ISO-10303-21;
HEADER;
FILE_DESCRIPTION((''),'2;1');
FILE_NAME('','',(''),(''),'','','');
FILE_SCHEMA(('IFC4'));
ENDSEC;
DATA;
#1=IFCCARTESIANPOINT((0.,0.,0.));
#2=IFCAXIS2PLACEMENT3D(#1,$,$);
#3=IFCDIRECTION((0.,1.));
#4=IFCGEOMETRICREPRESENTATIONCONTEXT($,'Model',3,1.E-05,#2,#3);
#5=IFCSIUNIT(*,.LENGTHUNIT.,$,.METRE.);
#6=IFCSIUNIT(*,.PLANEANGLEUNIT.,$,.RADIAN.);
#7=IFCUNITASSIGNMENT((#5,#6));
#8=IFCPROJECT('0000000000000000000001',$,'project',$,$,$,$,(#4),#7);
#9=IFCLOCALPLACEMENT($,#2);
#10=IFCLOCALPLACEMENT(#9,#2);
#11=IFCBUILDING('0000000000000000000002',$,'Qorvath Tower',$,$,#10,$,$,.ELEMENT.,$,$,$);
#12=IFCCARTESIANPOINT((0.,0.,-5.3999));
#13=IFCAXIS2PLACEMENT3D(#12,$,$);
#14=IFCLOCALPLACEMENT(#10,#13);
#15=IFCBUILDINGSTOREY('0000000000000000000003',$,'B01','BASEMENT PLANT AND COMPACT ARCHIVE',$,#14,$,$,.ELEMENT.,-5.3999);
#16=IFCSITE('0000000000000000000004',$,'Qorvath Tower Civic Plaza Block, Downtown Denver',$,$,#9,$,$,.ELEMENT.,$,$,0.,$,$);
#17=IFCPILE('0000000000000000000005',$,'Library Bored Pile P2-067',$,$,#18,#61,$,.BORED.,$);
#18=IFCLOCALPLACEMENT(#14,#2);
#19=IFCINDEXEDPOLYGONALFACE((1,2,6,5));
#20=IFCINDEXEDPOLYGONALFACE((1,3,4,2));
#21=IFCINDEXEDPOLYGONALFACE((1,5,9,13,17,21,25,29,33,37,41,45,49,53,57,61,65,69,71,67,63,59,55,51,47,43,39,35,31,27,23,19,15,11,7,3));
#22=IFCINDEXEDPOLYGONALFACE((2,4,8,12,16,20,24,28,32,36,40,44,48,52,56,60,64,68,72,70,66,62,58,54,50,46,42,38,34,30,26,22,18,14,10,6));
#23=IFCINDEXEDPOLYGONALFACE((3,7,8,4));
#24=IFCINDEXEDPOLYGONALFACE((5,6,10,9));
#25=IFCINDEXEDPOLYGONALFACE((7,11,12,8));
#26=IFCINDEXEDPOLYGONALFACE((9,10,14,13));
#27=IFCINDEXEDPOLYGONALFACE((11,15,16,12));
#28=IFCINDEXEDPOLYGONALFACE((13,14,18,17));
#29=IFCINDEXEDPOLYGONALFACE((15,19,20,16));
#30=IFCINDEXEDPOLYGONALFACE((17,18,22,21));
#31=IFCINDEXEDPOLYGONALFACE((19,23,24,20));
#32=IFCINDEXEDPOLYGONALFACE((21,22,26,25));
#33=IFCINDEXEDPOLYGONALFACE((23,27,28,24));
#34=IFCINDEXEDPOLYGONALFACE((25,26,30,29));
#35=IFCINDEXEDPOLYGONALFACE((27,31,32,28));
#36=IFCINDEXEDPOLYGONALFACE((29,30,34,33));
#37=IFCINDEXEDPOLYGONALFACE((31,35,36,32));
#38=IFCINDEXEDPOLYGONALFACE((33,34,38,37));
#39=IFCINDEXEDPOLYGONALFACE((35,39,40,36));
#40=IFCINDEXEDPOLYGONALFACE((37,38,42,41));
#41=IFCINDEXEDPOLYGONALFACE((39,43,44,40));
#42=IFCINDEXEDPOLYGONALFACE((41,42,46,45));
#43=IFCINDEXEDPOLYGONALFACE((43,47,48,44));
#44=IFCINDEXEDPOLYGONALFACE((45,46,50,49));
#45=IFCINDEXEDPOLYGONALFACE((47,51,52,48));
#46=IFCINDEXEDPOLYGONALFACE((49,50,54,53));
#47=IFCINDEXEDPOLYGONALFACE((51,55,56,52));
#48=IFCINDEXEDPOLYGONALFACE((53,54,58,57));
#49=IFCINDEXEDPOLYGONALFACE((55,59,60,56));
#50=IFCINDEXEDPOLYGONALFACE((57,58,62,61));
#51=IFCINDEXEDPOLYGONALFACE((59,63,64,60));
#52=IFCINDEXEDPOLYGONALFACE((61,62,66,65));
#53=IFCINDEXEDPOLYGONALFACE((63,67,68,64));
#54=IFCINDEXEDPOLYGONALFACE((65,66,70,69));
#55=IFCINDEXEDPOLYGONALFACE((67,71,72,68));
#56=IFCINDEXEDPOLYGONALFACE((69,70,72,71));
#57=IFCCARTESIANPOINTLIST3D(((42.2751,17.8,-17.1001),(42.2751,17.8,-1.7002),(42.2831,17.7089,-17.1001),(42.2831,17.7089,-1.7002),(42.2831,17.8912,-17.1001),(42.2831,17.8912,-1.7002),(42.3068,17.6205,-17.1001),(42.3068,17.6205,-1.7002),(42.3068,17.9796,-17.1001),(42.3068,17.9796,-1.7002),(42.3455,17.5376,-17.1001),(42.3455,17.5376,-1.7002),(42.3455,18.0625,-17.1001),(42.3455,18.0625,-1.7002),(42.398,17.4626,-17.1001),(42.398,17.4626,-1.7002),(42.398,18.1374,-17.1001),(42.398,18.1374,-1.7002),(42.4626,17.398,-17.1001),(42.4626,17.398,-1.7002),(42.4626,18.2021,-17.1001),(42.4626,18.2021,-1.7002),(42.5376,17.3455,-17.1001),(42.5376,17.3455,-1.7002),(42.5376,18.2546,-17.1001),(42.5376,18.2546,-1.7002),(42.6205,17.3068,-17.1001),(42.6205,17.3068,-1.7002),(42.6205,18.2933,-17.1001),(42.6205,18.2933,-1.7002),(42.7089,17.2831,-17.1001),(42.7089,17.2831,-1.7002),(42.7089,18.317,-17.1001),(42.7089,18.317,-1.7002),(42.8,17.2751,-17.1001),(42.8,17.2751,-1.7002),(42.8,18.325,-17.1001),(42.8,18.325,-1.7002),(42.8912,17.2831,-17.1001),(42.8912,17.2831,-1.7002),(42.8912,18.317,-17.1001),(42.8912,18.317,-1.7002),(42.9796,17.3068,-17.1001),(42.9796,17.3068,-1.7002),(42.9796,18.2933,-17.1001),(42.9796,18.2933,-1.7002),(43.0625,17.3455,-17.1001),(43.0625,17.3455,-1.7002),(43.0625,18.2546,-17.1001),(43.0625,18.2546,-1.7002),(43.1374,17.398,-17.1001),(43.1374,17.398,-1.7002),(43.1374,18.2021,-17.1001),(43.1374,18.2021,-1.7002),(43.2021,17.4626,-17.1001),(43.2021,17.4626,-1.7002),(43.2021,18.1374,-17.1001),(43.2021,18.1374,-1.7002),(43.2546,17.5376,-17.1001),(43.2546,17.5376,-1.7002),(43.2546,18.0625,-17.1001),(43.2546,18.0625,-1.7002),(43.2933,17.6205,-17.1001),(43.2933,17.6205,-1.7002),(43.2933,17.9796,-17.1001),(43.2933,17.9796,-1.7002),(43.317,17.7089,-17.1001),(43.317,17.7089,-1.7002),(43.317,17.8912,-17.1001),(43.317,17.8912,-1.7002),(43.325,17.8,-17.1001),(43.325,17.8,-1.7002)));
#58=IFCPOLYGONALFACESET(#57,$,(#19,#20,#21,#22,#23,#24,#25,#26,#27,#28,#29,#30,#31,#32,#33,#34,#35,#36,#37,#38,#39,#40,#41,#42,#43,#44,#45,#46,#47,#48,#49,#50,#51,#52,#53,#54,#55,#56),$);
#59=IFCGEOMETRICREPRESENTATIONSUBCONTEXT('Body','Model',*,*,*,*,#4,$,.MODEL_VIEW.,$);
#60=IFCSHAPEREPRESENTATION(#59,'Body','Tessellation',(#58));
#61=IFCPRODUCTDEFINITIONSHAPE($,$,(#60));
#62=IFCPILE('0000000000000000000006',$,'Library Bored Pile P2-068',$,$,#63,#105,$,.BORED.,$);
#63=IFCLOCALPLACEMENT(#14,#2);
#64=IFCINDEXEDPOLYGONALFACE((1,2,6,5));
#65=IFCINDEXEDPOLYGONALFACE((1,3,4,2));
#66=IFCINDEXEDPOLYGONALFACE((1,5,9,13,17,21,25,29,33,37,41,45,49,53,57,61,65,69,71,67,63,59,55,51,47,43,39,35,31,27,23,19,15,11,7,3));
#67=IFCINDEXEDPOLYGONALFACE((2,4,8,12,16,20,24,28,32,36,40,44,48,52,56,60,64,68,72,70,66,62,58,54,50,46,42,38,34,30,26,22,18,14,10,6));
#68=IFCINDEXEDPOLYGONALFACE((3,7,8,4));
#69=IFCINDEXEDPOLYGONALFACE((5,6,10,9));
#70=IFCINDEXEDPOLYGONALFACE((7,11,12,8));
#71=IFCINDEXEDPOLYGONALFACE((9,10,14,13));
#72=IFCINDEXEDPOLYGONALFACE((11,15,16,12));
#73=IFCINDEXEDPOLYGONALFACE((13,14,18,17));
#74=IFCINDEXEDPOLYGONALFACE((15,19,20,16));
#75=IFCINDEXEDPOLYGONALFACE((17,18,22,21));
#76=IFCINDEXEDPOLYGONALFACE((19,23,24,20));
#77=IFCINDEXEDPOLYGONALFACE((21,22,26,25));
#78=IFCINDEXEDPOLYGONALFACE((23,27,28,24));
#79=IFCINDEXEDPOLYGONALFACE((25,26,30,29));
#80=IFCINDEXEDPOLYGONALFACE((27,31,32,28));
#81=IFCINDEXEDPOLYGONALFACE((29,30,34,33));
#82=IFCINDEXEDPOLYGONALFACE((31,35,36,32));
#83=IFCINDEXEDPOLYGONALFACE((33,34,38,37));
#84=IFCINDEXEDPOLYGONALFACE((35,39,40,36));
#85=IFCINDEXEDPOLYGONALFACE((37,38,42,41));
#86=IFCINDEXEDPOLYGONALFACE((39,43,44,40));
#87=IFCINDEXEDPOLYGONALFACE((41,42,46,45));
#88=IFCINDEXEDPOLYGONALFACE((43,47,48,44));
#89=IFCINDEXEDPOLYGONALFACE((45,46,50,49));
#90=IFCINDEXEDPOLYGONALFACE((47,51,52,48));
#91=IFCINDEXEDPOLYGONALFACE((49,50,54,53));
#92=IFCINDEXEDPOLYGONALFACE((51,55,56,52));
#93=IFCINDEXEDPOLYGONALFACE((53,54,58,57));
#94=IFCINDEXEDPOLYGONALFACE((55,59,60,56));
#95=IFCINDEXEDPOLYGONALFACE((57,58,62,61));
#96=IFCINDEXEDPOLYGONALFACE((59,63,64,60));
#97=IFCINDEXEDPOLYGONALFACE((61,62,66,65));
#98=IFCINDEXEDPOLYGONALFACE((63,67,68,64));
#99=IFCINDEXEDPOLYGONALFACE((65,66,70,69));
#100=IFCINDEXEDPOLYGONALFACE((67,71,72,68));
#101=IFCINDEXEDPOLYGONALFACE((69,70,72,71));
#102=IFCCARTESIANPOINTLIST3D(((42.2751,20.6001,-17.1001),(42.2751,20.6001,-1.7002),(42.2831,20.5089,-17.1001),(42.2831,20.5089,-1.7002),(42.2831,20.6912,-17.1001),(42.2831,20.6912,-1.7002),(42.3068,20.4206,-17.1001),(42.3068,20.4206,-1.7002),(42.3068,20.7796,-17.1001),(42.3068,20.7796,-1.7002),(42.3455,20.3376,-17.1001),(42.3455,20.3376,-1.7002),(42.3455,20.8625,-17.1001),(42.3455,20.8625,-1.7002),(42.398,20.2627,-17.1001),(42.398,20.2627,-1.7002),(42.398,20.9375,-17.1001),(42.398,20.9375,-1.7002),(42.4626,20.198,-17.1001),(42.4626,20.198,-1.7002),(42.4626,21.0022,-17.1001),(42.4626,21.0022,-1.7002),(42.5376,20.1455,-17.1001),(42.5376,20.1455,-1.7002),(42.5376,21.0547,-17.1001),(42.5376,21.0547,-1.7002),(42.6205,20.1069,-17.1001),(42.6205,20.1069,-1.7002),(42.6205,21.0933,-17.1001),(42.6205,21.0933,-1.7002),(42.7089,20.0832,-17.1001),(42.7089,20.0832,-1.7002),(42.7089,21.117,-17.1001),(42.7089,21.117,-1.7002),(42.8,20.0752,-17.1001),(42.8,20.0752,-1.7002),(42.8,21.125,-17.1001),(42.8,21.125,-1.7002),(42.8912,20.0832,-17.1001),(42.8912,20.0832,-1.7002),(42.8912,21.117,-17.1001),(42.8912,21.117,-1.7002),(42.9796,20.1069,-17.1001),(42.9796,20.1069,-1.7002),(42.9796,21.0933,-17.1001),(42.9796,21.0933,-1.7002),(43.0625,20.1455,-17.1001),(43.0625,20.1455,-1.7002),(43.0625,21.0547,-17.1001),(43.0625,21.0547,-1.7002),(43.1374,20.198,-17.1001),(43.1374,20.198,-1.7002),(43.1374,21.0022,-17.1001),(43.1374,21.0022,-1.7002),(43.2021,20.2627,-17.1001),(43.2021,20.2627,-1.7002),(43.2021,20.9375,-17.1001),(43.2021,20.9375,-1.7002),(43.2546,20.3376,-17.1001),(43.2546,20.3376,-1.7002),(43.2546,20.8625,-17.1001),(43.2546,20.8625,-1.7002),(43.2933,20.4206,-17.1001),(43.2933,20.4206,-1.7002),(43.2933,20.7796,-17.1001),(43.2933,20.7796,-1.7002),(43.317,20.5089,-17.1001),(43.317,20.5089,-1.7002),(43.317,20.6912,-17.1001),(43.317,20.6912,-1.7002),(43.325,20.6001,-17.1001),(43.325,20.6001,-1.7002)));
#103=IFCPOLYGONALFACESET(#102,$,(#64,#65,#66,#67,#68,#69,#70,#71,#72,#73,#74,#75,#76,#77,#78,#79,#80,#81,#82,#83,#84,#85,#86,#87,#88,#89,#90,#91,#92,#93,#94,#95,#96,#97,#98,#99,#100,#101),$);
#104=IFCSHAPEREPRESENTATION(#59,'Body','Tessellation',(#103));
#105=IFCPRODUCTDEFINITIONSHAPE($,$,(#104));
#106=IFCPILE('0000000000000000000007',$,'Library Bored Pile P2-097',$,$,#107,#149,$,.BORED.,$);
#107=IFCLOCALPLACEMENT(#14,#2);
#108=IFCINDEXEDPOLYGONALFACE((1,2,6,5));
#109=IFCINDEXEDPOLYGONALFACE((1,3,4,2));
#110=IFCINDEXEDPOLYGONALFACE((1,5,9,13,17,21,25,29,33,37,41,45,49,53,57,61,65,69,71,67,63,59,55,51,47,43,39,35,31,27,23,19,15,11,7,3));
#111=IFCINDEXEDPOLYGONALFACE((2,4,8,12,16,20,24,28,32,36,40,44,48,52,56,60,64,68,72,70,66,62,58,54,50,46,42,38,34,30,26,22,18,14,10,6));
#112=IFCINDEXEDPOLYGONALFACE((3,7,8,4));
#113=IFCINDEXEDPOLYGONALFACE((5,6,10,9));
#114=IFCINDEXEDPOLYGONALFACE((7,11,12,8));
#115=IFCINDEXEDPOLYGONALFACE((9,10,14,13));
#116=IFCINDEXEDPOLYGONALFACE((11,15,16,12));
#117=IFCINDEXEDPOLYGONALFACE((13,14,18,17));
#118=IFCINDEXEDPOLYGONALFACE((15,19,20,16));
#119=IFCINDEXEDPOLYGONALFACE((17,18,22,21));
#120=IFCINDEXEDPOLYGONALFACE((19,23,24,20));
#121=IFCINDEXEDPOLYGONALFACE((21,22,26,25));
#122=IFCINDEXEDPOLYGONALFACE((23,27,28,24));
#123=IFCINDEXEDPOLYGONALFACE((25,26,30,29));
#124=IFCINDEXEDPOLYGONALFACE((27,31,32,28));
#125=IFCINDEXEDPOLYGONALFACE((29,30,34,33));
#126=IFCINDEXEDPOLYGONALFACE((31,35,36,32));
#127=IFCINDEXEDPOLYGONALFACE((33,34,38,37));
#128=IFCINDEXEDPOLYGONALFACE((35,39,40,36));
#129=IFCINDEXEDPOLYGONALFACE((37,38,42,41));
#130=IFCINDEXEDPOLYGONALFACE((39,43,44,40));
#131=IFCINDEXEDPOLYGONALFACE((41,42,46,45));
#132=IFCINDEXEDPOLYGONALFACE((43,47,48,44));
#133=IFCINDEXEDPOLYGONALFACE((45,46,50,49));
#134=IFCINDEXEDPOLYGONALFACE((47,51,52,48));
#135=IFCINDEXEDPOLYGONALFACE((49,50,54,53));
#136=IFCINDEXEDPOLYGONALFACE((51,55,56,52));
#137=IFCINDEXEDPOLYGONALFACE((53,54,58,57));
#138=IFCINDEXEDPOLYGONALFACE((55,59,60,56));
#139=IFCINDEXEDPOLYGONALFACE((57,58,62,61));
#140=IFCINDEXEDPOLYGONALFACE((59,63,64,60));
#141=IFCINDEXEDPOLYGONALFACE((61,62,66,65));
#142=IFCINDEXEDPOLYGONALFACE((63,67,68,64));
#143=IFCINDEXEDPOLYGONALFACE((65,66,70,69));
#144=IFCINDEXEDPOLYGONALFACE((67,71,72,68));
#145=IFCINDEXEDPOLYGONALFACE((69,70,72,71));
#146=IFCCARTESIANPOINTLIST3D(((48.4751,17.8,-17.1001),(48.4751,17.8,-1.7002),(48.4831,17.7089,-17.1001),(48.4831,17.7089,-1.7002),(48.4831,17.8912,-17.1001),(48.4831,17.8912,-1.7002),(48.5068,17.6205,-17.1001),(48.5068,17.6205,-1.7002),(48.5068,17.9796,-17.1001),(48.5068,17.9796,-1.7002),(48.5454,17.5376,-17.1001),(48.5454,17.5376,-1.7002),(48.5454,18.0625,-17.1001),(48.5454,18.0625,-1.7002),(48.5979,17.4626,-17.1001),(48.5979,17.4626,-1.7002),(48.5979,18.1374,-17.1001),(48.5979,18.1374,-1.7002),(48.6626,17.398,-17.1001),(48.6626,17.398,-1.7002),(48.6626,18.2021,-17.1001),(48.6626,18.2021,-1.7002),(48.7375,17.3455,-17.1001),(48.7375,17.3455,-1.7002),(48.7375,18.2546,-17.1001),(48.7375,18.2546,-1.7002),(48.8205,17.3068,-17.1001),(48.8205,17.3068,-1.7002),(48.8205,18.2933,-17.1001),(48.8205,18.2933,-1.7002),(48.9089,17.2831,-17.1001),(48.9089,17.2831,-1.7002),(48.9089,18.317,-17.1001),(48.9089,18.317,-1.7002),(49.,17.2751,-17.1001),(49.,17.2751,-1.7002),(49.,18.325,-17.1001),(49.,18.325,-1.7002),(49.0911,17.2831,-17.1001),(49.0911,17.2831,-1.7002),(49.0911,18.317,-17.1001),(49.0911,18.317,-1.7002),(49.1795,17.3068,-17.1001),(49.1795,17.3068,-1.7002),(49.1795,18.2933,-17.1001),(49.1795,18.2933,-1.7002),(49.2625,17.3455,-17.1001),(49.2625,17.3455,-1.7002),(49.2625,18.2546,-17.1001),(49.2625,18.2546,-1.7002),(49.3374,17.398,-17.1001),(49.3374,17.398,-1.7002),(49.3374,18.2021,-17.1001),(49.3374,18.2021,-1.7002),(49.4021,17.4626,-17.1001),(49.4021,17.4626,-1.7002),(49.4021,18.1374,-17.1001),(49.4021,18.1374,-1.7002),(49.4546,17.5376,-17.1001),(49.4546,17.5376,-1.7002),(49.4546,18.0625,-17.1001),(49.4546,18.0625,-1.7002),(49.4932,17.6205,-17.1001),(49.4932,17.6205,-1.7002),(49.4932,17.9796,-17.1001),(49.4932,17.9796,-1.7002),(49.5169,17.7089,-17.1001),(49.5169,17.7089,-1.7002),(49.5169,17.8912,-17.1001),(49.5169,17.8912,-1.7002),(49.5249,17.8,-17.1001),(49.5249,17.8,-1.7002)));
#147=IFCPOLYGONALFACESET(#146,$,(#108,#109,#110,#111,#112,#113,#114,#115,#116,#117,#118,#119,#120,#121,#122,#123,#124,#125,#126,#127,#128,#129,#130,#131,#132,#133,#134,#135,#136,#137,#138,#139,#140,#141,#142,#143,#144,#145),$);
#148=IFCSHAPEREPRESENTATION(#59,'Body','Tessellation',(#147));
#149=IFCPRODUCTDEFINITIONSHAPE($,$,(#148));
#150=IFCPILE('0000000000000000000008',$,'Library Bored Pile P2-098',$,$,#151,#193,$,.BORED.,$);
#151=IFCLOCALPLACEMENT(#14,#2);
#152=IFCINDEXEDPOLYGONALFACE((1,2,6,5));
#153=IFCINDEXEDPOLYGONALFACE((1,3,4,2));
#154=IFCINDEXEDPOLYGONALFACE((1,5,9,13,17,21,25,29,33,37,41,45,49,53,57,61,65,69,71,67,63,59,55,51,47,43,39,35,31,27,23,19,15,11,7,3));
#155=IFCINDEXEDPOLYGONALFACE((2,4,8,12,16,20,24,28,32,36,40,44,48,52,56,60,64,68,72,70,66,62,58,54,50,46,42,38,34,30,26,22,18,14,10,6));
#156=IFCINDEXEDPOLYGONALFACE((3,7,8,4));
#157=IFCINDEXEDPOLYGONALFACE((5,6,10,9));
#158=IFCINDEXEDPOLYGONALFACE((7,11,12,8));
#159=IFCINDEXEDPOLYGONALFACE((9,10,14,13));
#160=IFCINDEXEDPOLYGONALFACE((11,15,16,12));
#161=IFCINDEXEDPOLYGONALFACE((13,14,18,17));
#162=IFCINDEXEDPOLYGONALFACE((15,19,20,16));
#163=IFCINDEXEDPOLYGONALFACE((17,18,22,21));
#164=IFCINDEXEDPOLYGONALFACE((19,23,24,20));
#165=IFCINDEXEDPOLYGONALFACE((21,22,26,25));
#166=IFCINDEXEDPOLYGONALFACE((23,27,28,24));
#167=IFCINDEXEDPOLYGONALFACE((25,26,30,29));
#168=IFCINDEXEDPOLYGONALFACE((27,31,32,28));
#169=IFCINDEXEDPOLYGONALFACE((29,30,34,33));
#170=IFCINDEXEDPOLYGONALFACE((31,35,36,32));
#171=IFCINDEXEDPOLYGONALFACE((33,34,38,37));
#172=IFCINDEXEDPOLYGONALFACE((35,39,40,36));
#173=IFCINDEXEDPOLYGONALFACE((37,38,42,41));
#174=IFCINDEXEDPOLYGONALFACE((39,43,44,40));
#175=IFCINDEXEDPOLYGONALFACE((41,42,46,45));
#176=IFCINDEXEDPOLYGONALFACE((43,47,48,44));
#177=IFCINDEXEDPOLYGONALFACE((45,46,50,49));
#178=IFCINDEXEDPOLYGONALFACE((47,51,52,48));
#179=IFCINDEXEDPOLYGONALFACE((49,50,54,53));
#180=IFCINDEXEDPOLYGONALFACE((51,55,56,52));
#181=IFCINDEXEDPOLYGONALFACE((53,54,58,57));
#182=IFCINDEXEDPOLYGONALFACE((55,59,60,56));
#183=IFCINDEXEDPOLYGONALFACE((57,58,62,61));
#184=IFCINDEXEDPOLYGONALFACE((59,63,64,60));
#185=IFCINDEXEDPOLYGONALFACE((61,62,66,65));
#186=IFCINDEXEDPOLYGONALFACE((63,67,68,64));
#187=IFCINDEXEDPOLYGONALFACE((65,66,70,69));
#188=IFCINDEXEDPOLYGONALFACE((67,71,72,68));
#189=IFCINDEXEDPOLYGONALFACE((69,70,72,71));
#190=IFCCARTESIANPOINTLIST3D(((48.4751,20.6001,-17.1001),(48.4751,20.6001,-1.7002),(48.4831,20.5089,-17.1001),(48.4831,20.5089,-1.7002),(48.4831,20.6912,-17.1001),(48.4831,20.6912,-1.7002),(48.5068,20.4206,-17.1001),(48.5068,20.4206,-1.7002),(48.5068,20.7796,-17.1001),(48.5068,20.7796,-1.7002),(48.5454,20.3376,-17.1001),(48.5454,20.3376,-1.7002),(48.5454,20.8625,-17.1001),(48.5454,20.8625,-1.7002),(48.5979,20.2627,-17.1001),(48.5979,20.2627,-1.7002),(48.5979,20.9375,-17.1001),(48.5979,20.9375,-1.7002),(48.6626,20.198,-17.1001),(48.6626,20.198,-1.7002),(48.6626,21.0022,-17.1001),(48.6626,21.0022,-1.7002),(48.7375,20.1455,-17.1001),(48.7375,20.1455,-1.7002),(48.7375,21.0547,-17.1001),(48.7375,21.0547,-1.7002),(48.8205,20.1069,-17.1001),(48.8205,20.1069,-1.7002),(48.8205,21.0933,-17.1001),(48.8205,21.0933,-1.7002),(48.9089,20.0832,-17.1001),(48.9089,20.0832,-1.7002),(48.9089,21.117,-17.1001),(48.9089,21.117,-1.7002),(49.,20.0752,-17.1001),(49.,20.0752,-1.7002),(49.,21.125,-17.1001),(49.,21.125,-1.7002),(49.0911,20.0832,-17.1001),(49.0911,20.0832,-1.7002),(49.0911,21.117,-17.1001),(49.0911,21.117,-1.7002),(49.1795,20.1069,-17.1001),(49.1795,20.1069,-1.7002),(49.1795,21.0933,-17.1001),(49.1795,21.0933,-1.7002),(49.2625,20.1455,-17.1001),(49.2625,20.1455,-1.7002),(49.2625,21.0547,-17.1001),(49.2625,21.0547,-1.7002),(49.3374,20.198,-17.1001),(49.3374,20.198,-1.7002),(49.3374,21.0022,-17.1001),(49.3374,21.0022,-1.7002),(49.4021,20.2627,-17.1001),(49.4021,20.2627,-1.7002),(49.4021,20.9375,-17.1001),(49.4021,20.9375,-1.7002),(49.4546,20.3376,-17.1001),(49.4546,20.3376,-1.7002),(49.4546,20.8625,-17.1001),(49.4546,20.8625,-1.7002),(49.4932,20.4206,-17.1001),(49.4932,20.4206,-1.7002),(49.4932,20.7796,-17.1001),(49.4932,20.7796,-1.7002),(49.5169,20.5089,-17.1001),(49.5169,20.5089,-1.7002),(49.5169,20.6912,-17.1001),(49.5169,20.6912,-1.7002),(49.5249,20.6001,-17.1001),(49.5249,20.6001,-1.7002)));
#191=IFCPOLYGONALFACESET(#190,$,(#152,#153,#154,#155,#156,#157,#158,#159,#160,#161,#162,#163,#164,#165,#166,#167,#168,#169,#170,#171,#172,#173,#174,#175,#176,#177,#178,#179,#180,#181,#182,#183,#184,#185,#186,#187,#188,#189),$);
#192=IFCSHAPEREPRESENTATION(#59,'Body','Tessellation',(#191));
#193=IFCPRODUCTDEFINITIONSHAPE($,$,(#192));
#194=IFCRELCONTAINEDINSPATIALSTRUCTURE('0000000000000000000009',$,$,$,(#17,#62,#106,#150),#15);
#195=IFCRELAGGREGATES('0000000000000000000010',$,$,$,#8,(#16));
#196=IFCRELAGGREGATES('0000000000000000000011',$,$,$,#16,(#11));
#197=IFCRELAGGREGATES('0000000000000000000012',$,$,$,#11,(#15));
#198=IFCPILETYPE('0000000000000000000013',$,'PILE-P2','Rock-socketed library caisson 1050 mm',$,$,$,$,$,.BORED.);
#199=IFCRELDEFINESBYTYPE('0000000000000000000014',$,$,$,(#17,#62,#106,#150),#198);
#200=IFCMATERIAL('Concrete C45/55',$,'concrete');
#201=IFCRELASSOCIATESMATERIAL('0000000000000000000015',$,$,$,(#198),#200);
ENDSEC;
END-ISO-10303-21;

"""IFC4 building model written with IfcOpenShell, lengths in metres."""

from ifc_helpers import new_model, si_unit, direction, frame, origin, origin_2d, place, context, subcontext, project, spatial, circle, extrude, material, material_profile, profile_set, type_object, element, save


model = new_model("IFC4")

# Units and contexts
model_context = context("Model", 3, precision=1e-05, world=origin(), true_north=direction((0.0, 1.0)))
body_context = subcontext(model_context, "Body", "Model", "MODEL_VIEW")
ifc_project = project(units=[si_unit("LENGTHUNIT", "METRE"), si_unit("PLANEANGLEUNIT", "RADIAN")], contexts=[model_context])

# Site, building, storey
site_placement = place(None, origin())
site = spatial("IfcSite", under=ifc_project, at=site_placement, Name="Qorvath Tower Civic Plaza Block, Downtown Denver", CompositionType="ELEMENT", RefElevation=0.0)
building_placement = place(site_placement, origin())
building = spatial("IfcBuilding", under=site, at=building_placement, Name="Qorvath Tower", CompositionType="ELEMENT")
storey_placement = place(building_placement, frame((0.0, 0.0, -5.3999)))
storey = spatial("IfcBuildingStorey", under=building, at=storey_placement, Name="B01", Description="BASEMENT PLANT AND COMPACT ARCHIVE", CompositionType="ELEMENT", Elevation=-5.3999)

# Piles
ifc_material_1 = material(Name="Concrete C45/55", Category="concrete")
ifc_material_profile_1 = material_profile(ifc_material_1, circle(Radius=0.5249, at=origin_2d()), Name="BORED PILE 1050")
ifc_profile_set_1 = profile_set([ifc_material_profile_1], Name="Concrete C45/55")
pile_type = type_object("IfcPileType", Name="PILE-P2", Description="Rock-socketed library caisson 1050 mm", PredefinedType="BORED", material=ifc_profile_set_1)
for number, where, z_axis, x_axis, name in (
    (1, (42.8, 17.8, -1.7002), (0.0, 0.0, -1.0), (1.0, 0.0, 0.0), "Library Bored Pile P2-067"),
    (2, (42.8, 20.6001, -1.7002), (0.0, 0.0, -1.0), (1.0, 0.0, 0.0), "Library Bored Pile P2-068"),
    (3, (49.0, 17.8, -1.7002), (0.0, 0.0, -1.0), (1.0, 0.0, 0.0), "Library Bored Pile P2-097"),
    (4, (49.0, 20.6001, -1.7002), (0.0, 0.0, -1.0), (1.0, 0.0, 0.0), "Library Bored Pile P2-098"),
):
    element("IfcPile", number, at=place(storey_placement, frame(where, z_axis=z_axis, x_axis=x_axis)), inside=storey, type_object=pile_type, Name=name, PredefinedType="BORED", context=body_context, shape_type="SweptSolid", body=[
        extrude(circle(Radius=0.5249, at=origin_2d()), origin(), (0.0, 0.0, 1.0), 15.3999),
    ])

save(model, "model.ifc")
